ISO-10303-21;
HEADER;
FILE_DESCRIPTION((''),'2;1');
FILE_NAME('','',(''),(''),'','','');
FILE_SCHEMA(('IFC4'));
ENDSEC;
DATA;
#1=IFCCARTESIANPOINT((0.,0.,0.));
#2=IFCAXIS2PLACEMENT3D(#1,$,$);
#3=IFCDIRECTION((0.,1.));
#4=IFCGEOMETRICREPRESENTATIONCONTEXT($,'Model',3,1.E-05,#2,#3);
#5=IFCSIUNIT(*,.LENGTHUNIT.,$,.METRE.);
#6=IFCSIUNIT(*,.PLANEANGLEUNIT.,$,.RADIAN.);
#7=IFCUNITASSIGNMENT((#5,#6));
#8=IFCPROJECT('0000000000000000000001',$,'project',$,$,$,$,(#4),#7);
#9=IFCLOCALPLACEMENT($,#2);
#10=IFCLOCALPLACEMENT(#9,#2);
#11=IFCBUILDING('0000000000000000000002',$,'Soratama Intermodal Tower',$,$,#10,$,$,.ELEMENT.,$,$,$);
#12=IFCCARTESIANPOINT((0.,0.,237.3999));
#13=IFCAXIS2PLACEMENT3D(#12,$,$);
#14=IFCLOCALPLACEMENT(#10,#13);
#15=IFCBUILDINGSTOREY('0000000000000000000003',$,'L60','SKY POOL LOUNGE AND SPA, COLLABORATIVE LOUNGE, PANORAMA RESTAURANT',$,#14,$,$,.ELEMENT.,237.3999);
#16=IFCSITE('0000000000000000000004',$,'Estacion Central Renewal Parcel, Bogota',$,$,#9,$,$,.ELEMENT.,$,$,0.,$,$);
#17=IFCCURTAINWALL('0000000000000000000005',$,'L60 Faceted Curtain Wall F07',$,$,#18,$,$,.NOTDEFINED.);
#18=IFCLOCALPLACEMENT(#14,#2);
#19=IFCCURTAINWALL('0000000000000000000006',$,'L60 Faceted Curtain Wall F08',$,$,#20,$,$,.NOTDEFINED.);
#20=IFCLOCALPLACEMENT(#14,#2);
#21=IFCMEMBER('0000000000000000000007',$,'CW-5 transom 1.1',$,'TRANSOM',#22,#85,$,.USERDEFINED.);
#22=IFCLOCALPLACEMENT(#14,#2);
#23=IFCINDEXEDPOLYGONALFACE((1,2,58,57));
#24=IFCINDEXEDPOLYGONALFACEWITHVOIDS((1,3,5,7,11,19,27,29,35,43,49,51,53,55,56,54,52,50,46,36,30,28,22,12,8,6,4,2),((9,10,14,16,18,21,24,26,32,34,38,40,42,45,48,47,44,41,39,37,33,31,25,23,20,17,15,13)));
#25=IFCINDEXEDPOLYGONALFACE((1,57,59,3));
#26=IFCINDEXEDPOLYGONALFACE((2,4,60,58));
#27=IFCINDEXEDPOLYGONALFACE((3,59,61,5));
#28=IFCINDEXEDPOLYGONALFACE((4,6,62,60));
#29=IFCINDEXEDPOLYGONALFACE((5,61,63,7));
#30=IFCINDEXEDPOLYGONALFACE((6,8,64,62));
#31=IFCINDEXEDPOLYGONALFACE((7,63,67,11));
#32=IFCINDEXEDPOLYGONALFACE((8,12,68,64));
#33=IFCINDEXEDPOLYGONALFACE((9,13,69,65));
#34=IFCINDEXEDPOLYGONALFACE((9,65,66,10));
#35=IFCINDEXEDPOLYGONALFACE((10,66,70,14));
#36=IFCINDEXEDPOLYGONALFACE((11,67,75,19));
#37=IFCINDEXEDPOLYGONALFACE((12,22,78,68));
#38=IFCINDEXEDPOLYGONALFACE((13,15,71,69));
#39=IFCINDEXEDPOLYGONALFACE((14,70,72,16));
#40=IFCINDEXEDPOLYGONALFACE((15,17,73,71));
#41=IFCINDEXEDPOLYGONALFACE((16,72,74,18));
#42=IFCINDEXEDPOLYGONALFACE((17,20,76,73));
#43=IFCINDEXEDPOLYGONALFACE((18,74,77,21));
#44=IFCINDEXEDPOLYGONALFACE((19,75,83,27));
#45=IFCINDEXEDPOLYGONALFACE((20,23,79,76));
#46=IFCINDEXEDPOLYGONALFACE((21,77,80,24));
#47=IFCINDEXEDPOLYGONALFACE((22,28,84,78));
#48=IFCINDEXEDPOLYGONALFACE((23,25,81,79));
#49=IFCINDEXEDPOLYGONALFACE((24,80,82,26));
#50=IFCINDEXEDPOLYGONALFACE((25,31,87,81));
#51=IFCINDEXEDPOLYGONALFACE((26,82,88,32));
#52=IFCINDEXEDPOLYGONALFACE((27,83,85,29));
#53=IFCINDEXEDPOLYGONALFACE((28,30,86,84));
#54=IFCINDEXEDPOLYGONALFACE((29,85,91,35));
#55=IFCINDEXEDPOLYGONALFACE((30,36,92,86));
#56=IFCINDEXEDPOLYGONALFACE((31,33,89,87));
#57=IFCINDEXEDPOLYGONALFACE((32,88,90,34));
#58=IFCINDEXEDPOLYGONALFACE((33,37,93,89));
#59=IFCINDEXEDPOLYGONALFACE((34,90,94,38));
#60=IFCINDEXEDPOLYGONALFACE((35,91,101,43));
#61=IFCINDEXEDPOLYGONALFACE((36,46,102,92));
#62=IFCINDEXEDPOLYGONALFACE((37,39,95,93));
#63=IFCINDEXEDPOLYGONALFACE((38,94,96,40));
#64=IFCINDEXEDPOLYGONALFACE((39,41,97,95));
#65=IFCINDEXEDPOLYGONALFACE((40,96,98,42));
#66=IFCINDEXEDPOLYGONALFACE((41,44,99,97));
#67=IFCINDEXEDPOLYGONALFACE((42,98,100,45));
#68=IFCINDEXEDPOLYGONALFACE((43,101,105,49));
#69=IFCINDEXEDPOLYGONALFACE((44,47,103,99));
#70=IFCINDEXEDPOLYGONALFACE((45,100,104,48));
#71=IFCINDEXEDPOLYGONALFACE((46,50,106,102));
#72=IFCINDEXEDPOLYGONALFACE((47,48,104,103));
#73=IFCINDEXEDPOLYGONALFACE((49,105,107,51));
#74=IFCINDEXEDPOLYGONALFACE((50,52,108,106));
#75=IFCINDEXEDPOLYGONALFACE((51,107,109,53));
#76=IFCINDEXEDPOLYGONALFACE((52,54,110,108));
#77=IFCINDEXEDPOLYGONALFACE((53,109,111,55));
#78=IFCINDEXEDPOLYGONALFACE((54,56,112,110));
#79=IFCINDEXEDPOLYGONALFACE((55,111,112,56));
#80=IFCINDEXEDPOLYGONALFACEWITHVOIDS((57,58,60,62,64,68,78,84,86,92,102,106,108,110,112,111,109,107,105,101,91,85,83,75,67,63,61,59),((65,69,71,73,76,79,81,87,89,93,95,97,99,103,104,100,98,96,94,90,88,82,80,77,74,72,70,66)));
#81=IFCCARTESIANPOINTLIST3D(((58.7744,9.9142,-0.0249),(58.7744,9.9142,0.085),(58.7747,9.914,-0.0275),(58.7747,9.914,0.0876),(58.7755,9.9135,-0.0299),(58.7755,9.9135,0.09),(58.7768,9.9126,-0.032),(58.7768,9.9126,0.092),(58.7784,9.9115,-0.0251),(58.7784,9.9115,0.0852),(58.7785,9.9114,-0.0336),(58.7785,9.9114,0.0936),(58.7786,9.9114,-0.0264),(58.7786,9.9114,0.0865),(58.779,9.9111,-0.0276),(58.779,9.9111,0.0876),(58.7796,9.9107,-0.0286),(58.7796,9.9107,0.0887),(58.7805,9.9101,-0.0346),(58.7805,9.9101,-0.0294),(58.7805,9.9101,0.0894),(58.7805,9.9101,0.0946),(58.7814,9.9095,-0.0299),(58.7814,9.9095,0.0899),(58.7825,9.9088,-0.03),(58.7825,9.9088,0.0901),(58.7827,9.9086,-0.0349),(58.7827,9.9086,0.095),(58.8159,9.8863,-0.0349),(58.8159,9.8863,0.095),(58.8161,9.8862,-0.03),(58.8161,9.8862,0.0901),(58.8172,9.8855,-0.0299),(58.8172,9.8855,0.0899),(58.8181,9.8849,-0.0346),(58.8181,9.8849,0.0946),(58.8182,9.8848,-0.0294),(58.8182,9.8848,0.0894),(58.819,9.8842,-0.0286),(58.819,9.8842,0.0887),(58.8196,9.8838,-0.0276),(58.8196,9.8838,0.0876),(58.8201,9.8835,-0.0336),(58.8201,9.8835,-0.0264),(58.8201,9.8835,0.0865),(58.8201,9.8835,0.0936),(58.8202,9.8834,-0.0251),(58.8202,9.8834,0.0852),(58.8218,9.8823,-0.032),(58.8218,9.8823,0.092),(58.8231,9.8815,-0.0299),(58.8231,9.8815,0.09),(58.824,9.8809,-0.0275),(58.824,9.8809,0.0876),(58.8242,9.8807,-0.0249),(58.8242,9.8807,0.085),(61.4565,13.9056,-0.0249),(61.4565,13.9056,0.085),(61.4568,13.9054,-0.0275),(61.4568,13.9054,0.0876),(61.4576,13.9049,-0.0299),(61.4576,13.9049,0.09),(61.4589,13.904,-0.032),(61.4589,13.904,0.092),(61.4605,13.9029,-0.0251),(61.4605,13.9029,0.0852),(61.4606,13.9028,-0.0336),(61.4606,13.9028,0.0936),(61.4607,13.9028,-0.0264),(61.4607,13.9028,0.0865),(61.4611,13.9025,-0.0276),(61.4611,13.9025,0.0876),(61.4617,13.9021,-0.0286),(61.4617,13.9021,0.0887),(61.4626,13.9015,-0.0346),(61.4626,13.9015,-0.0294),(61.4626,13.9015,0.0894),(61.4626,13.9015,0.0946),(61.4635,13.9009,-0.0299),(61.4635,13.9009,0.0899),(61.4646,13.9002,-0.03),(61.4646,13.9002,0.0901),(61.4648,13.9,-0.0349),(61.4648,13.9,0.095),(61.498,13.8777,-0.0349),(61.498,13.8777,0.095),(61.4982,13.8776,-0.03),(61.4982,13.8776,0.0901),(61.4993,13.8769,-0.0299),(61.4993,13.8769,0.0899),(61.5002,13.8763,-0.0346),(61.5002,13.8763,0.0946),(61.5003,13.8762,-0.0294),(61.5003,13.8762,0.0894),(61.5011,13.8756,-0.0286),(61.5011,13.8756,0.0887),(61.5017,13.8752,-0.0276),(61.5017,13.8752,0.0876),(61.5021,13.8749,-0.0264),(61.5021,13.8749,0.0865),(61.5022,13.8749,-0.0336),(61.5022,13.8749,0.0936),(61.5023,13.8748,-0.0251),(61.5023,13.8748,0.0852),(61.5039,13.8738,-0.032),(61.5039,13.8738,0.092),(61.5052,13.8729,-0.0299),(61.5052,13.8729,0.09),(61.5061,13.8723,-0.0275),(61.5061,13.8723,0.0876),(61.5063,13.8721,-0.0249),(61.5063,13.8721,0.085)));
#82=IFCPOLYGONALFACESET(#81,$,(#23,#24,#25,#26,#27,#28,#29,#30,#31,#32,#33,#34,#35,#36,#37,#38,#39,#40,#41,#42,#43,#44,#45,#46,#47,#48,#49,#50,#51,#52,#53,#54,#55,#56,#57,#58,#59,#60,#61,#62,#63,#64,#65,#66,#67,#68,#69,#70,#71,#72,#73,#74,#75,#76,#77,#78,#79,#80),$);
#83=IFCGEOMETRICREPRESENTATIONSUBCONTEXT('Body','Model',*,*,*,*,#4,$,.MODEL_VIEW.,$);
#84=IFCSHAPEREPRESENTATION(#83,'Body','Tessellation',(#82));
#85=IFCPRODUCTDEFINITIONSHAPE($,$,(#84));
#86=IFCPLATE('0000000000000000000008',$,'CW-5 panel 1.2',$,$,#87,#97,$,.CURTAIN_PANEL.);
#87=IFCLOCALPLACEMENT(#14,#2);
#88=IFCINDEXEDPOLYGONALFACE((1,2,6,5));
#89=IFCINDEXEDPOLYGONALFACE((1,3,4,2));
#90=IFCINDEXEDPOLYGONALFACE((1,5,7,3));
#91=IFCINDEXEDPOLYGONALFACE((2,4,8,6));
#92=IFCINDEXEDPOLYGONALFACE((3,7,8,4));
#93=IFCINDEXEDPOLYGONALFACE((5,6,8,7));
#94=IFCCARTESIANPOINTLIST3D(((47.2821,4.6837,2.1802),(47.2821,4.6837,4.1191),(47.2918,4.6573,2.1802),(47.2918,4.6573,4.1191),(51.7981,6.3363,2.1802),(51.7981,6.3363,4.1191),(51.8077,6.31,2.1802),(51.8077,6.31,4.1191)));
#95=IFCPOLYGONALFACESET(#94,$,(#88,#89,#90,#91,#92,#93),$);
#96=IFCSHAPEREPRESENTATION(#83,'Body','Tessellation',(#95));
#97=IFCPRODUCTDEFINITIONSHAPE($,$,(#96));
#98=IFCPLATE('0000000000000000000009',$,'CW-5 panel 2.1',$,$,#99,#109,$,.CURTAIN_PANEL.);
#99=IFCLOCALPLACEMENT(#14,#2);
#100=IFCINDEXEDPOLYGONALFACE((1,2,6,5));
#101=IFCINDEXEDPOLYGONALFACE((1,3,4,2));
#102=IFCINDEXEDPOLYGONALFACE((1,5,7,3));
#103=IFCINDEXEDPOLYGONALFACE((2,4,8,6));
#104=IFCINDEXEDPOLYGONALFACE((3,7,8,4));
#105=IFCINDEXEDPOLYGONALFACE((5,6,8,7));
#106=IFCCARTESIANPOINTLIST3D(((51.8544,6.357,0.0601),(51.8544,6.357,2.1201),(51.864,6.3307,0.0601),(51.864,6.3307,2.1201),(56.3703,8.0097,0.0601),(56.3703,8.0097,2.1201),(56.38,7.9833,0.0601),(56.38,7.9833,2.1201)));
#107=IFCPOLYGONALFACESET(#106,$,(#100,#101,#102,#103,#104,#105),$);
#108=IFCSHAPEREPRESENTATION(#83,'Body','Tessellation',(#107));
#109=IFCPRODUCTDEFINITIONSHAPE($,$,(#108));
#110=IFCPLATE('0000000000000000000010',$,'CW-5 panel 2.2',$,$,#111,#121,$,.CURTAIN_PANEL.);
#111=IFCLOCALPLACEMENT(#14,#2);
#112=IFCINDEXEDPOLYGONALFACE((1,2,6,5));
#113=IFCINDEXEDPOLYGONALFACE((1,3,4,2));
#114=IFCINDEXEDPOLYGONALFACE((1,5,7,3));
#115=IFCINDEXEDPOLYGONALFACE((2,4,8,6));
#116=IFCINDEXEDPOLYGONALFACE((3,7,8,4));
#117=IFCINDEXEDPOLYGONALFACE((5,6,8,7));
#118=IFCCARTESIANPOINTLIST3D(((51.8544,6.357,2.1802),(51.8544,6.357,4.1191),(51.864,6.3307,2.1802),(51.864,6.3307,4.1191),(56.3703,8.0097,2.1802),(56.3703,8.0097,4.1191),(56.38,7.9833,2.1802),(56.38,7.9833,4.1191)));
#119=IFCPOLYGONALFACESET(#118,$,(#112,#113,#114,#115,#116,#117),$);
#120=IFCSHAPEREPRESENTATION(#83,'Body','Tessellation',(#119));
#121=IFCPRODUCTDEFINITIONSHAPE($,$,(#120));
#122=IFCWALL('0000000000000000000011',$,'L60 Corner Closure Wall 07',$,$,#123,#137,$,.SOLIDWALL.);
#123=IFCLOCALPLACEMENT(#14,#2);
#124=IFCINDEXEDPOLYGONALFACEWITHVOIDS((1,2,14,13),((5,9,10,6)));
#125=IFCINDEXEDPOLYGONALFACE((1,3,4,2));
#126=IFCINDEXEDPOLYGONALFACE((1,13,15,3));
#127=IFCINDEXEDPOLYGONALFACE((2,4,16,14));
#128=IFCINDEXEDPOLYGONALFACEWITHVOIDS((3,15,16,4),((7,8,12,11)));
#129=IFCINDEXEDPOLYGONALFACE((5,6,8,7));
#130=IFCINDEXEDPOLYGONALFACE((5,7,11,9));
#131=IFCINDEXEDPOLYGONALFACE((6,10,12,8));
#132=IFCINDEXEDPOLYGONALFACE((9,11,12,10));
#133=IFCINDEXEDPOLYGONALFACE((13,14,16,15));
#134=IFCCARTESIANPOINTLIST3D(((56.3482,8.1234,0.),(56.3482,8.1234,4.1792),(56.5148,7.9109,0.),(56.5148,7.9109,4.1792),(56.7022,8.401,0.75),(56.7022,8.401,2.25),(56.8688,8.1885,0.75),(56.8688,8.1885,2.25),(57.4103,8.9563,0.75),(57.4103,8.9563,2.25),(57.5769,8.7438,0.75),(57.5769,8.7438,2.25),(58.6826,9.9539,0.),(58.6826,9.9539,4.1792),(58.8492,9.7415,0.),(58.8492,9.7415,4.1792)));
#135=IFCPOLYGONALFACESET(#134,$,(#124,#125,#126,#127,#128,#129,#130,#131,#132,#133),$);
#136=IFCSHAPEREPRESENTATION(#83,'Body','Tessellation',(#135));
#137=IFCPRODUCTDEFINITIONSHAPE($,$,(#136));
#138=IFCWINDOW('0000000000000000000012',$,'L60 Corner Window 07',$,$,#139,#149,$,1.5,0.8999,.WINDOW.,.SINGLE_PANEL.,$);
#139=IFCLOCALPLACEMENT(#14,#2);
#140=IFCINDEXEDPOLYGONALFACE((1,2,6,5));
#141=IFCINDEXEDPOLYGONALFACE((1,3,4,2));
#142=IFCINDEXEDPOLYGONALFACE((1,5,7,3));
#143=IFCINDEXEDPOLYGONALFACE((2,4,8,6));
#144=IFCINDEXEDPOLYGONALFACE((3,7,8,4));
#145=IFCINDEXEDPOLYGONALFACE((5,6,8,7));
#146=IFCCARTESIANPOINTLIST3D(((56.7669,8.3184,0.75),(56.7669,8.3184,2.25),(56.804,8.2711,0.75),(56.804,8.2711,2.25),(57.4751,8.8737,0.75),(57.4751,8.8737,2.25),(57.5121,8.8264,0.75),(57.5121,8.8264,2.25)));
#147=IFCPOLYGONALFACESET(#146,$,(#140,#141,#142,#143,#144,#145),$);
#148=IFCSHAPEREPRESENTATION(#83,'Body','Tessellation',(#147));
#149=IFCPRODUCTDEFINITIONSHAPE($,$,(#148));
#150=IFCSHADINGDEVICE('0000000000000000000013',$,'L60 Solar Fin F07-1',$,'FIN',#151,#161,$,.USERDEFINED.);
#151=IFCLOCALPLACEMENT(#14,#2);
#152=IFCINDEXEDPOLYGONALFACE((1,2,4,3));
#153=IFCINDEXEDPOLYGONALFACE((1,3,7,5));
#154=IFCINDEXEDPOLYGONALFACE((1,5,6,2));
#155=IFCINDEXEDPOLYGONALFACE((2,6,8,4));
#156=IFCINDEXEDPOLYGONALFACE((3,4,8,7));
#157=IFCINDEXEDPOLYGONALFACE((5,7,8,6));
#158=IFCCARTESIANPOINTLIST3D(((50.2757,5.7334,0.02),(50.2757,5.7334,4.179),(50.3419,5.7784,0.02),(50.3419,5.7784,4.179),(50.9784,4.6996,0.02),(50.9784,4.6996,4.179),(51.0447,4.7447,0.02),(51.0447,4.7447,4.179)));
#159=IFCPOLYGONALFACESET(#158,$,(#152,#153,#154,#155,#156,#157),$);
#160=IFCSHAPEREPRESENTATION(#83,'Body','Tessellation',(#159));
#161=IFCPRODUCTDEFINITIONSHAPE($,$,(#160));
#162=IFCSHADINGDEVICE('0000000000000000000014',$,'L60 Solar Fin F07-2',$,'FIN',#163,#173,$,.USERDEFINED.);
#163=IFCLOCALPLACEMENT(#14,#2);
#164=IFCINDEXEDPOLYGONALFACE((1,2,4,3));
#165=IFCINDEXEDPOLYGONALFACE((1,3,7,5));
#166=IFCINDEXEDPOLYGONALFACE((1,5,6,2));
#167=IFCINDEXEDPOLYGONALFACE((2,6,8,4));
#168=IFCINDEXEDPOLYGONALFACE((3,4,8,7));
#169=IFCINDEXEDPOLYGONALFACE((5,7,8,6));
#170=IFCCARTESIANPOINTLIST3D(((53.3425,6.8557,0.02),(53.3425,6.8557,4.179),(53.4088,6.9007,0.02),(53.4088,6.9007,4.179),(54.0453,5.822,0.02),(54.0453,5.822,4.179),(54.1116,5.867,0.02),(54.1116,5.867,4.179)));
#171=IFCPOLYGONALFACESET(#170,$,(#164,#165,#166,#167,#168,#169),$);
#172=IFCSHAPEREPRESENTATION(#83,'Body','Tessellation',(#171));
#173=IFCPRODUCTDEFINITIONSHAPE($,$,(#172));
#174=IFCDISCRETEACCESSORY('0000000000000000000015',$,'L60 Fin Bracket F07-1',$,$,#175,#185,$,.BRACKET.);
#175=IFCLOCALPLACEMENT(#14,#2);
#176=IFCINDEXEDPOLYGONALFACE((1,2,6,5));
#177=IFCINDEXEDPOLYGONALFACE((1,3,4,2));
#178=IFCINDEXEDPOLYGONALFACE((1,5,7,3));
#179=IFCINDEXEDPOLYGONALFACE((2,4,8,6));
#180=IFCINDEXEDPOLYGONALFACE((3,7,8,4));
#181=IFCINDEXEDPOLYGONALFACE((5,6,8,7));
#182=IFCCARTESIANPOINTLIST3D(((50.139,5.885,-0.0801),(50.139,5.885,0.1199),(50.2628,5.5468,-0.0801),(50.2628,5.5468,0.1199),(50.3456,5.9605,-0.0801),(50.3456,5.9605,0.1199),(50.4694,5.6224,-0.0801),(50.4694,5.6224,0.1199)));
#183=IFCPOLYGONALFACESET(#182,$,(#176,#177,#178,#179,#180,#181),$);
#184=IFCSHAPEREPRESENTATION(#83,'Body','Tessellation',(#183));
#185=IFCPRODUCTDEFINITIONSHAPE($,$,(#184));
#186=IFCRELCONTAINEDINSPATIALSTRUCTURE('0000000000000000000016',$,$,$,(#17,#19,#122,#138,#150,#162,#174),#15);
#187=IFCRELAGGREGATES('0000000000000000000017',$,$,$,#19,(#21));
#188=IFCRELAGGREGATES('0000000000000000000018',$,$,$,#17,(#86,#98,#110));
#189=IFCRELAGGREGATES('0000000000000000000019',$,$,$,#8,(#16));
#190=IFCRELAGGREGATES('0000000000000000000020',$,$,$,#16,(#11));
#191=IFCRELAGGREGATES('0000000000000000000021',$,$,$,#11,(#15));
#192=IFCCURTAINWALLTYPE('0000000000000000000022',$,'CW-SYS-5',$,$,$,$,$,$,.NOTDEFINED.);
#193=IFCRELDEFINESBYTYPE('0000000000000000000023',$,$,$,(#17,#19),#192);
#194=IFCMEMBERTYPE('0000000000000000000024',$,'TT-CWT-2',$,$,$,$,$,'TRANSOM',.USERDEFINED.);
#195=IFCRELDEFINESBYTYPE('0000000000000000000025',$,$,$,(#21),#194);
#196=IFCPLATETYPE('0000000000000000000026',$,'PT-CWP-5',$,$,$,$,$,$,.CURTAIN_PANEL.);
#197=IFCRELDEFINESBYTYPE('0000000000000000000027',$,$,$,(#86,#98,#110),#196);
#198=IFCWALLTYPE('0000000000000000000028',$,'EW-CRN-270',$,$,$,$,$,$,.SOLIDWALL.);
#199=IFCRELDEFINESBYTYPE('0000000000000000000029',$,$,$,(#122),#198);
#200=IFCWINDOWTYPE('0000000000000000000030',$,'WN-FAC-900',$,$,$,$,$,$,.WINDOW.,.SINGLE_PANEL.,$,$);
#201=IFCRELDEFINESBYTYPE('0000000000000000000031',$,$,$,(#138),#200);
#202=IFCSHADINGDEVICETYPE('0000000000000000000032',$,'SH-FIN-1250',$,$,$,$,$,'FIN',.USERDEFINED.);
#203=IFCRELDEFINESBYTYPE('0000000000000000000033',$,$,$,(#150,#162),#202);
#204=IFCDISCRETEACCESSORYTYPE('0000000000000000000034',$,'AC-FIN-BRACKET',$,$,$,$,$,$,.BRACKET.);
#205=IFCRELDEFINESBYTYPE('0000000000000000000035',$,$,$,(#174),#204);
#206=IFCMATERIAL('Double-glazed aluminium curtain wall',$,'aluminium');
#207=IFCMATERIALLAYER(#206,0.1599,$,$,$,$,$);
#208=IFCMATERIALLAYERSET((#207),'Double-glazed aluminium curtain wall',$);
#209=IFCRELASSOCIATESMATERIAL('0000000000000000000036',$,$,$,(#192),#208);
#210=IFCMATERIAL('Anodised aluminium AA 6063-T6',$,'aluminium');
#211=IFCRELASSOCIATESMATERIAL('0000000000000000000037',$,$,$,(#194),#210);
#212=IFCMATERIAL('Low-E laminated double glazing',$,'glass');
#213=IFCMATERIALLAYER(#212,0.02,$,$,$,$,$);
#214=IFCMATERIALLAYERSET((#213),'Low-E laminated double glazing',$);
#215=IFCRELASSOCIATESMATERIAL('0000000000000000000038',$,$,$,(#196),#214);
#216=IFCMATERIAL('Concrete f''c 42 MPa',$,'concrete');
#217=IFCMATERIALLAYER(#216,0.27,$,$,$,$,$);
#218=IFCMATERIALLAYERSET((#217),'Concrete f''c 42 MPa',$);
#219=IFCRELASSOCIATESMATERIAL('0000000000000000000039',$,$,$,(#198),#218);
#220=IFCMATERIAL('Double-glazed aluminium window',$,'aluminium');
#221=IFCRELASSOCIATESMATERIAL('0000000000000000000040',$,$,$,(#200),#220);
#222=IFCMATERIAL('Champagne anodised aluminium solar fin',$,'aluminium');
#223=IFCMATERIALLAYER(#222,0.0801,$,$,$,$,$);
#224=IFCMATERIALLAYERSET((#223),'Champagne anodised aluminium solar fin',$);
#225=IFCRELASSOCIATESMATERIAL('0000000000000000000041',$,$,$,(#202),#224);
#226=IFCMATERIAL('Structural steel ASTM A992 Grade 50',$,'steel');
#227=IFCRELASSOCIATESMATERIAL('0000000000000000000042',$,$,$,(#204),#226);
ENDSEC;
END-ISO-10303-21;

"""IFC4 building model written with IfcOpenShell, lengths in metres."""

from ifc_helpers import new_model, si_unit, direction, frame, frame_2d, origin, origin_2d, place, context, subcontext, project, spatial, rectangle, hollow_rectangle, extrude, material, layer, layer_set, material_profile, profile_set, type_object, element, fill, aggregate, save


model = new_model("IFC4")

# Units and contexts
model_context = context("Model", 3, precision=1e-05, world=origin(), true_north=direction((0.0, 1.0)))
body_context = subcontext(model_context, "Body", "Model", "MODEL_VIEW")
ifc_project = project(units=[si_unit("LENGTHUNIT", "METRE"), si_unit("PLANEANGLEUNIT", "RADIAN")], contexts=[model_context])

# Site, building, storey
site_placement = place(None, origin())
site = spatial("IfcSite", under=ifc_project, at=site_placement, Name="Estacion Central Renewal Parcel, Bogota", CompositionType="ELEMENT", RefElevation=0.0)
building_placement = place(site_placement, origin())
building = spatial("IfcBuilding", under=site, at=building_placement, Name="Soratama Intermodal Tower", CompositionType="ELEMENT")
storey_placement = place(building_placement, frame((0.0, 0.0, 237.3999)))
storey = spatial("IfcBuildingStorey", under=building, at=storey_placement, Name="L60", Description="SKY POOL LOUNGE AND SPA, COLLABORATIVE LOUNGE, PANORAMA RESTAURANT", CompositionType="ELEMENT", Elevation=237.3999)

# Curtain wall
ifc_material_1 = material(Name="Double-glazed aluminium curtain wall", Category="aluminium")
ifc_layer_1 = layer(ifc_material_1, 0.1599)
ifc_layer_set_1 = layer_set([ifc_layer_1], Name="Double-glazed aluminium curtain wall")
curtain_wall_type = type_object("IfcCurtainWallType", Name="CW-SYS-5", PredefinedType="NOTDEFINED", material=ifc_layer_set_1)
curtain_wall_1_placement = place(storey_placement, origin())
curtain_wall_1 = element("IfcCurtainWall", 1, at=curtain_wall_1_placement, inside=storey, type_object=curtain_wall_type, Name="L60 Faceted Curtain Wall F07", PredefinedType="NOTDEFINED")

# Curtain wall
curtain_wall_2_placement = place(storey_placement, origin())
curtain_wall_2 = element("IfcCurtainWall", 2, at=curtain_wall_2_placement, inside=storey, type_object=curtain_wall_type, Name="L60 Faceted Curtain Wall F08", PredefinedType="NOTDEFINED")

# Member
ifc_material_2 = material(Name="Anodised aluminium AA 6063-T6", Category="aluminium")
ifc_material_profile_1 = material_profile(ifc_material_2, hollow_rectangle(XDim=0.0601, YDim=0.1299, WallThickness=0.0049, InnerFilletRadius=0.0049, OuterFilletRadius=0.01, at=origin_2d()), Name="CWT130X60X5")
ifc_profile_set_1 = profile_set([ifc_material_profile_1], Name="Anodised aluminium AA 6063-T6")
member_type_1 = type_object("IfcMemberType", Name="TT-CWT-2", ElementType="TRANSOM", PredefinedType="USERDEFINED", material=ifc_profile_set_1)
member_1_placement = place(storey_placement, frame((58.7993, 9.8975, 0.03), z_axis=(0.557743, 0.830014, 0.0), x_axis=(-0.830014, 0.557743, 0.0)))
member_1 = element("IfcMember", 3, at=member_1_placement, type_object=member_type_1, Name="CW-5 transom 1.1", ObjectType="TRANSOM", PredefinedType="USERDEFINED", context=body_context, shape_type="SweptSolid", body=[
    extrude(hollow_rectangle(XDim=0.0601, YDim=0.1299, WallThickness=0.0049, InnerFilletRadius=0.0049, OuterFilletRadius=0.01, at=origin_2d()), origin(), (0.0, 0.0, 1.0), 4.8088),
])
aggregate(curtain_wall_2, [member_1])

# Plates
ifc_material_3 = material(Name="Low-E laminated double glazing", Category="glass")
ifc_layer_2 = layer(ifc_material_3, 0.02)
ifc_layer_set_2 = layer_set([ifc_layer_2], Name="Low-E laminated double glazing")
plate_type = type_object("IfcPlateType", Name="PT-CWP-5", PredefinedType="CURTAIN_PANEL", material=ifc_layer_set_2)
plate_1_placement = place(storey_placement, frame((49.5449, 5.4968, 2.1802), z_axis=(0.0, 0.0, 1.0), x_axis=(0.939093, 0.343664, 0.0)))
plate_1 = element("IfcPlate", 4, at=plate_1_placement, type_object=plate_type, Name="CW-5 panel 1.2", PredefinedType="CURTAIN_PANEL", context=body_context, shape_type="SweptSolid", body=[
    extrude(rectangle(XDim=4.8088, YDim=0.0281, at=origin_2d()), origin(), (0.0, 0.0, 1.0), 1.939),
])
plate_2_placement = place(storey_placement, frame((54.1172, 7.1702, 0.0601), z_axis=(0.0, 0.0, 1.0), x_axis=(0.939093, 0.343664, 0.0)))
plate_2 = element("IfcPlate", 5, at=plate_2_placement, type_object=plate_type, Name="CW-5 panel 2.1", PredefinedType="CURTAIN_PANEL", context=body_context, shape_type="SweptSolid", body=[
    extrude(rectangle(XDim=4.8088, YDim=0.0281, at=origin_2d()), origin(), (0.0, 0.0, 1.0), 2.0601),
])
plate_3_placement = place(storey_placement, frame((54.1172, 7.1702, 2.1802), z_axis=(0.0, 0.0, 1.0), x_axis=(0.939093, 0.343664, 0.0)))
plate_3 = element("IfcPlate", 6, at=plate_3_placement, type_object=plate_type, Name="CW-5 panel 2.2", PredefinedType="CURTAIN_PANEL", context=body_context, shape_type="SweptSolid", body=[
    extrude(rectangle(XDim=4.8088, YDim=0.0281, at=origin_2d()), origin(), (0.0, 0.0, 1.0), 1.939),
])
aggregate(curtain_wall_1, [plate_1, plate_2, plate_3])

# Wall, opening, window
ifc_material_4 = material(Name="Concrete f'c 42 MPa", Category="concrete")
ifc_layer_3 = layer(ifc_material_4, 0.27)
ifc_layer_set_3 = layer_set([ifc_layer_3], Name="Concrete f'c 42 MPa")
wall_type = type_object("IfcWallType", Name="EW-CRN-270", PredefinedType="SOLIDWALL", material=ifc_layer_set_3)
wall_placement = place(storey_placement, frame((56.4314, 8.0171, 0.0), z_axis=(0.0, 0.0, 1.0), x_axis=(0.786918, 0.617058, 0.0)))
wall = element("IfcWall", 7, at=wall_placement, inside=storey, type_object=wall_type, Name="L60 Corner Closure Wall 07", PredefinedType="SOLIDWALL", context=body_context, shape_type="SweptSolid", body=[
    extrude(rectangle(XDim=2.9666, YDim=0.27, at=frame_2d((1.4834, 0.0))), origin(), (0.0, 0.0, 1.0), 4.1792),
])
opening_placement = place(wall_placement, frame((0.45, 0.0, 0.75)))
opening = element("IfcOpeningElement", 8, at=opening_placement, cuts=wall, PredefinedType="OPENING", context=body_context, shape_type="SweptSolid", body=[
    extrude(rectangle(XDim=0.8999, YDim=1.5, at=frame_2d((0.45, 0.75))), frame((0.0, 0.145, 0.0), z_axis=(0.0, -1.0, 0.0), x_axis=(1.0, 0.0, 0.0)), (0.0, 0.0, 1.0), 0.29),
])
ifc_material_5 = material(Name="Double-glazed aluminium window", Category="aluminium")
window_type = type_object("IfcWindowType", Name="WN-FAC-900", PartitioningType="SINGLE_PANEL", PredefinedType="WINDOW", material=ifc_material_5)
window_placement = place(opening_placement, origin())
window = element("IfcWindow", 9, at=window_placement, inside=storey, type_object=window_type, Name="L60 Corner Window 07", OverallHeight=1.5, OverallWidth=0.8999, PartitioningType="SINGLE_PANEL", PredefinedType="WINDOW", context=body_context, shape_type="SweptSolid", body=[
    extrude(rectangle(XDim=0.8999, YDim=1.5, at=frame_2d((0.45, 0.75))), frame((0.0, 0.03, 0.0), z_axis=(0.0, -1.0, 0.0), x_axis=(1.0, 0.0, 0.0)), (0.0, 0.0, 1.0), 0.0601),
])
fill(opening, window)

# Shading devices
ifc_material_6 = material(Name="Champagne anodised aluminium solar fin", Category="aluminium")
ifc_layer_4 = layer(ifc_material_6, 0.0801)
ifc_layer_set_4 = layer_set([ifc_layer_4], Name="Champagne anodised aluminium solar fin")
shading_device_type = type_object("IfcShadingDeviceType", Name="SH-FIN-1250", ElementType="FIN", PredefinedType="USERDEFINED", material=ifc_layer_set_4)
for number, where, z_axis, x_axis, name in (
    (10, (50.6602, 5.239, 0.02), (0.0, 0.0, 1.0), (0.562228, -0.826982, 0.0), "L60 Solar Fin F07-1"),
    (11, (53.7271, 6.3613, 0.02), (0.0, 0.0, 1.0), (0.562228, -0.826982, 0.0), "L60 Solar Fin F07-2"),
):
    element("IfcShadingDevice", number, at=place(storey_placement, frame(where, z_axis=z_axis, x_axis=x_axis)), inside=storey, type_object=shading_device_type, Name=name, ObjectType="FIN", PredefinedType="USERDEFINED", context=body_context, shape_type="SweptSolid", body=[
        extrude(rectangle(XDim=1.25, YDim=0.0801, at=origin_2d()), origin(), (0.0, 0.0, 1.0), 4.1589),
    ])

# Discrete accessory
ifc_material_7 = material(Name="Structural steel ASTM A992 Grade 50", Category="steel")
discrete_accessory_type = type_object("IfcDiscreteAccessoryType", Name="AC-FIN-BRACKET", PredefinedType="BRACKET", material=ifc_material_7)
for number, where, z_axis, x_axis, name in (
    (12, (50.3042, 5.7537, -0.0801), (0.0, 0.0, 1.0), (0.34366, -0.939094, 0.0), "L60 Fin Bracket F07-1"),
):
    element("IfcDiscreteAccessory", number, at=place(storey_placement, frame(where, z_axis=z_axis, x_axis=x_axis)), inside=storey, type_object=discrete_accessory_type, Name=name, PredefinedType="BRACKET", context=body_context, shape_type="SweptSolid", body=[
        extrude(rectangle(XDim=0.3601, YDim=0.22, at=origin_2d()), origin(), (0.0, 0.0, 1.0), 0.2),
    ])

save(model, "model.ifc")
